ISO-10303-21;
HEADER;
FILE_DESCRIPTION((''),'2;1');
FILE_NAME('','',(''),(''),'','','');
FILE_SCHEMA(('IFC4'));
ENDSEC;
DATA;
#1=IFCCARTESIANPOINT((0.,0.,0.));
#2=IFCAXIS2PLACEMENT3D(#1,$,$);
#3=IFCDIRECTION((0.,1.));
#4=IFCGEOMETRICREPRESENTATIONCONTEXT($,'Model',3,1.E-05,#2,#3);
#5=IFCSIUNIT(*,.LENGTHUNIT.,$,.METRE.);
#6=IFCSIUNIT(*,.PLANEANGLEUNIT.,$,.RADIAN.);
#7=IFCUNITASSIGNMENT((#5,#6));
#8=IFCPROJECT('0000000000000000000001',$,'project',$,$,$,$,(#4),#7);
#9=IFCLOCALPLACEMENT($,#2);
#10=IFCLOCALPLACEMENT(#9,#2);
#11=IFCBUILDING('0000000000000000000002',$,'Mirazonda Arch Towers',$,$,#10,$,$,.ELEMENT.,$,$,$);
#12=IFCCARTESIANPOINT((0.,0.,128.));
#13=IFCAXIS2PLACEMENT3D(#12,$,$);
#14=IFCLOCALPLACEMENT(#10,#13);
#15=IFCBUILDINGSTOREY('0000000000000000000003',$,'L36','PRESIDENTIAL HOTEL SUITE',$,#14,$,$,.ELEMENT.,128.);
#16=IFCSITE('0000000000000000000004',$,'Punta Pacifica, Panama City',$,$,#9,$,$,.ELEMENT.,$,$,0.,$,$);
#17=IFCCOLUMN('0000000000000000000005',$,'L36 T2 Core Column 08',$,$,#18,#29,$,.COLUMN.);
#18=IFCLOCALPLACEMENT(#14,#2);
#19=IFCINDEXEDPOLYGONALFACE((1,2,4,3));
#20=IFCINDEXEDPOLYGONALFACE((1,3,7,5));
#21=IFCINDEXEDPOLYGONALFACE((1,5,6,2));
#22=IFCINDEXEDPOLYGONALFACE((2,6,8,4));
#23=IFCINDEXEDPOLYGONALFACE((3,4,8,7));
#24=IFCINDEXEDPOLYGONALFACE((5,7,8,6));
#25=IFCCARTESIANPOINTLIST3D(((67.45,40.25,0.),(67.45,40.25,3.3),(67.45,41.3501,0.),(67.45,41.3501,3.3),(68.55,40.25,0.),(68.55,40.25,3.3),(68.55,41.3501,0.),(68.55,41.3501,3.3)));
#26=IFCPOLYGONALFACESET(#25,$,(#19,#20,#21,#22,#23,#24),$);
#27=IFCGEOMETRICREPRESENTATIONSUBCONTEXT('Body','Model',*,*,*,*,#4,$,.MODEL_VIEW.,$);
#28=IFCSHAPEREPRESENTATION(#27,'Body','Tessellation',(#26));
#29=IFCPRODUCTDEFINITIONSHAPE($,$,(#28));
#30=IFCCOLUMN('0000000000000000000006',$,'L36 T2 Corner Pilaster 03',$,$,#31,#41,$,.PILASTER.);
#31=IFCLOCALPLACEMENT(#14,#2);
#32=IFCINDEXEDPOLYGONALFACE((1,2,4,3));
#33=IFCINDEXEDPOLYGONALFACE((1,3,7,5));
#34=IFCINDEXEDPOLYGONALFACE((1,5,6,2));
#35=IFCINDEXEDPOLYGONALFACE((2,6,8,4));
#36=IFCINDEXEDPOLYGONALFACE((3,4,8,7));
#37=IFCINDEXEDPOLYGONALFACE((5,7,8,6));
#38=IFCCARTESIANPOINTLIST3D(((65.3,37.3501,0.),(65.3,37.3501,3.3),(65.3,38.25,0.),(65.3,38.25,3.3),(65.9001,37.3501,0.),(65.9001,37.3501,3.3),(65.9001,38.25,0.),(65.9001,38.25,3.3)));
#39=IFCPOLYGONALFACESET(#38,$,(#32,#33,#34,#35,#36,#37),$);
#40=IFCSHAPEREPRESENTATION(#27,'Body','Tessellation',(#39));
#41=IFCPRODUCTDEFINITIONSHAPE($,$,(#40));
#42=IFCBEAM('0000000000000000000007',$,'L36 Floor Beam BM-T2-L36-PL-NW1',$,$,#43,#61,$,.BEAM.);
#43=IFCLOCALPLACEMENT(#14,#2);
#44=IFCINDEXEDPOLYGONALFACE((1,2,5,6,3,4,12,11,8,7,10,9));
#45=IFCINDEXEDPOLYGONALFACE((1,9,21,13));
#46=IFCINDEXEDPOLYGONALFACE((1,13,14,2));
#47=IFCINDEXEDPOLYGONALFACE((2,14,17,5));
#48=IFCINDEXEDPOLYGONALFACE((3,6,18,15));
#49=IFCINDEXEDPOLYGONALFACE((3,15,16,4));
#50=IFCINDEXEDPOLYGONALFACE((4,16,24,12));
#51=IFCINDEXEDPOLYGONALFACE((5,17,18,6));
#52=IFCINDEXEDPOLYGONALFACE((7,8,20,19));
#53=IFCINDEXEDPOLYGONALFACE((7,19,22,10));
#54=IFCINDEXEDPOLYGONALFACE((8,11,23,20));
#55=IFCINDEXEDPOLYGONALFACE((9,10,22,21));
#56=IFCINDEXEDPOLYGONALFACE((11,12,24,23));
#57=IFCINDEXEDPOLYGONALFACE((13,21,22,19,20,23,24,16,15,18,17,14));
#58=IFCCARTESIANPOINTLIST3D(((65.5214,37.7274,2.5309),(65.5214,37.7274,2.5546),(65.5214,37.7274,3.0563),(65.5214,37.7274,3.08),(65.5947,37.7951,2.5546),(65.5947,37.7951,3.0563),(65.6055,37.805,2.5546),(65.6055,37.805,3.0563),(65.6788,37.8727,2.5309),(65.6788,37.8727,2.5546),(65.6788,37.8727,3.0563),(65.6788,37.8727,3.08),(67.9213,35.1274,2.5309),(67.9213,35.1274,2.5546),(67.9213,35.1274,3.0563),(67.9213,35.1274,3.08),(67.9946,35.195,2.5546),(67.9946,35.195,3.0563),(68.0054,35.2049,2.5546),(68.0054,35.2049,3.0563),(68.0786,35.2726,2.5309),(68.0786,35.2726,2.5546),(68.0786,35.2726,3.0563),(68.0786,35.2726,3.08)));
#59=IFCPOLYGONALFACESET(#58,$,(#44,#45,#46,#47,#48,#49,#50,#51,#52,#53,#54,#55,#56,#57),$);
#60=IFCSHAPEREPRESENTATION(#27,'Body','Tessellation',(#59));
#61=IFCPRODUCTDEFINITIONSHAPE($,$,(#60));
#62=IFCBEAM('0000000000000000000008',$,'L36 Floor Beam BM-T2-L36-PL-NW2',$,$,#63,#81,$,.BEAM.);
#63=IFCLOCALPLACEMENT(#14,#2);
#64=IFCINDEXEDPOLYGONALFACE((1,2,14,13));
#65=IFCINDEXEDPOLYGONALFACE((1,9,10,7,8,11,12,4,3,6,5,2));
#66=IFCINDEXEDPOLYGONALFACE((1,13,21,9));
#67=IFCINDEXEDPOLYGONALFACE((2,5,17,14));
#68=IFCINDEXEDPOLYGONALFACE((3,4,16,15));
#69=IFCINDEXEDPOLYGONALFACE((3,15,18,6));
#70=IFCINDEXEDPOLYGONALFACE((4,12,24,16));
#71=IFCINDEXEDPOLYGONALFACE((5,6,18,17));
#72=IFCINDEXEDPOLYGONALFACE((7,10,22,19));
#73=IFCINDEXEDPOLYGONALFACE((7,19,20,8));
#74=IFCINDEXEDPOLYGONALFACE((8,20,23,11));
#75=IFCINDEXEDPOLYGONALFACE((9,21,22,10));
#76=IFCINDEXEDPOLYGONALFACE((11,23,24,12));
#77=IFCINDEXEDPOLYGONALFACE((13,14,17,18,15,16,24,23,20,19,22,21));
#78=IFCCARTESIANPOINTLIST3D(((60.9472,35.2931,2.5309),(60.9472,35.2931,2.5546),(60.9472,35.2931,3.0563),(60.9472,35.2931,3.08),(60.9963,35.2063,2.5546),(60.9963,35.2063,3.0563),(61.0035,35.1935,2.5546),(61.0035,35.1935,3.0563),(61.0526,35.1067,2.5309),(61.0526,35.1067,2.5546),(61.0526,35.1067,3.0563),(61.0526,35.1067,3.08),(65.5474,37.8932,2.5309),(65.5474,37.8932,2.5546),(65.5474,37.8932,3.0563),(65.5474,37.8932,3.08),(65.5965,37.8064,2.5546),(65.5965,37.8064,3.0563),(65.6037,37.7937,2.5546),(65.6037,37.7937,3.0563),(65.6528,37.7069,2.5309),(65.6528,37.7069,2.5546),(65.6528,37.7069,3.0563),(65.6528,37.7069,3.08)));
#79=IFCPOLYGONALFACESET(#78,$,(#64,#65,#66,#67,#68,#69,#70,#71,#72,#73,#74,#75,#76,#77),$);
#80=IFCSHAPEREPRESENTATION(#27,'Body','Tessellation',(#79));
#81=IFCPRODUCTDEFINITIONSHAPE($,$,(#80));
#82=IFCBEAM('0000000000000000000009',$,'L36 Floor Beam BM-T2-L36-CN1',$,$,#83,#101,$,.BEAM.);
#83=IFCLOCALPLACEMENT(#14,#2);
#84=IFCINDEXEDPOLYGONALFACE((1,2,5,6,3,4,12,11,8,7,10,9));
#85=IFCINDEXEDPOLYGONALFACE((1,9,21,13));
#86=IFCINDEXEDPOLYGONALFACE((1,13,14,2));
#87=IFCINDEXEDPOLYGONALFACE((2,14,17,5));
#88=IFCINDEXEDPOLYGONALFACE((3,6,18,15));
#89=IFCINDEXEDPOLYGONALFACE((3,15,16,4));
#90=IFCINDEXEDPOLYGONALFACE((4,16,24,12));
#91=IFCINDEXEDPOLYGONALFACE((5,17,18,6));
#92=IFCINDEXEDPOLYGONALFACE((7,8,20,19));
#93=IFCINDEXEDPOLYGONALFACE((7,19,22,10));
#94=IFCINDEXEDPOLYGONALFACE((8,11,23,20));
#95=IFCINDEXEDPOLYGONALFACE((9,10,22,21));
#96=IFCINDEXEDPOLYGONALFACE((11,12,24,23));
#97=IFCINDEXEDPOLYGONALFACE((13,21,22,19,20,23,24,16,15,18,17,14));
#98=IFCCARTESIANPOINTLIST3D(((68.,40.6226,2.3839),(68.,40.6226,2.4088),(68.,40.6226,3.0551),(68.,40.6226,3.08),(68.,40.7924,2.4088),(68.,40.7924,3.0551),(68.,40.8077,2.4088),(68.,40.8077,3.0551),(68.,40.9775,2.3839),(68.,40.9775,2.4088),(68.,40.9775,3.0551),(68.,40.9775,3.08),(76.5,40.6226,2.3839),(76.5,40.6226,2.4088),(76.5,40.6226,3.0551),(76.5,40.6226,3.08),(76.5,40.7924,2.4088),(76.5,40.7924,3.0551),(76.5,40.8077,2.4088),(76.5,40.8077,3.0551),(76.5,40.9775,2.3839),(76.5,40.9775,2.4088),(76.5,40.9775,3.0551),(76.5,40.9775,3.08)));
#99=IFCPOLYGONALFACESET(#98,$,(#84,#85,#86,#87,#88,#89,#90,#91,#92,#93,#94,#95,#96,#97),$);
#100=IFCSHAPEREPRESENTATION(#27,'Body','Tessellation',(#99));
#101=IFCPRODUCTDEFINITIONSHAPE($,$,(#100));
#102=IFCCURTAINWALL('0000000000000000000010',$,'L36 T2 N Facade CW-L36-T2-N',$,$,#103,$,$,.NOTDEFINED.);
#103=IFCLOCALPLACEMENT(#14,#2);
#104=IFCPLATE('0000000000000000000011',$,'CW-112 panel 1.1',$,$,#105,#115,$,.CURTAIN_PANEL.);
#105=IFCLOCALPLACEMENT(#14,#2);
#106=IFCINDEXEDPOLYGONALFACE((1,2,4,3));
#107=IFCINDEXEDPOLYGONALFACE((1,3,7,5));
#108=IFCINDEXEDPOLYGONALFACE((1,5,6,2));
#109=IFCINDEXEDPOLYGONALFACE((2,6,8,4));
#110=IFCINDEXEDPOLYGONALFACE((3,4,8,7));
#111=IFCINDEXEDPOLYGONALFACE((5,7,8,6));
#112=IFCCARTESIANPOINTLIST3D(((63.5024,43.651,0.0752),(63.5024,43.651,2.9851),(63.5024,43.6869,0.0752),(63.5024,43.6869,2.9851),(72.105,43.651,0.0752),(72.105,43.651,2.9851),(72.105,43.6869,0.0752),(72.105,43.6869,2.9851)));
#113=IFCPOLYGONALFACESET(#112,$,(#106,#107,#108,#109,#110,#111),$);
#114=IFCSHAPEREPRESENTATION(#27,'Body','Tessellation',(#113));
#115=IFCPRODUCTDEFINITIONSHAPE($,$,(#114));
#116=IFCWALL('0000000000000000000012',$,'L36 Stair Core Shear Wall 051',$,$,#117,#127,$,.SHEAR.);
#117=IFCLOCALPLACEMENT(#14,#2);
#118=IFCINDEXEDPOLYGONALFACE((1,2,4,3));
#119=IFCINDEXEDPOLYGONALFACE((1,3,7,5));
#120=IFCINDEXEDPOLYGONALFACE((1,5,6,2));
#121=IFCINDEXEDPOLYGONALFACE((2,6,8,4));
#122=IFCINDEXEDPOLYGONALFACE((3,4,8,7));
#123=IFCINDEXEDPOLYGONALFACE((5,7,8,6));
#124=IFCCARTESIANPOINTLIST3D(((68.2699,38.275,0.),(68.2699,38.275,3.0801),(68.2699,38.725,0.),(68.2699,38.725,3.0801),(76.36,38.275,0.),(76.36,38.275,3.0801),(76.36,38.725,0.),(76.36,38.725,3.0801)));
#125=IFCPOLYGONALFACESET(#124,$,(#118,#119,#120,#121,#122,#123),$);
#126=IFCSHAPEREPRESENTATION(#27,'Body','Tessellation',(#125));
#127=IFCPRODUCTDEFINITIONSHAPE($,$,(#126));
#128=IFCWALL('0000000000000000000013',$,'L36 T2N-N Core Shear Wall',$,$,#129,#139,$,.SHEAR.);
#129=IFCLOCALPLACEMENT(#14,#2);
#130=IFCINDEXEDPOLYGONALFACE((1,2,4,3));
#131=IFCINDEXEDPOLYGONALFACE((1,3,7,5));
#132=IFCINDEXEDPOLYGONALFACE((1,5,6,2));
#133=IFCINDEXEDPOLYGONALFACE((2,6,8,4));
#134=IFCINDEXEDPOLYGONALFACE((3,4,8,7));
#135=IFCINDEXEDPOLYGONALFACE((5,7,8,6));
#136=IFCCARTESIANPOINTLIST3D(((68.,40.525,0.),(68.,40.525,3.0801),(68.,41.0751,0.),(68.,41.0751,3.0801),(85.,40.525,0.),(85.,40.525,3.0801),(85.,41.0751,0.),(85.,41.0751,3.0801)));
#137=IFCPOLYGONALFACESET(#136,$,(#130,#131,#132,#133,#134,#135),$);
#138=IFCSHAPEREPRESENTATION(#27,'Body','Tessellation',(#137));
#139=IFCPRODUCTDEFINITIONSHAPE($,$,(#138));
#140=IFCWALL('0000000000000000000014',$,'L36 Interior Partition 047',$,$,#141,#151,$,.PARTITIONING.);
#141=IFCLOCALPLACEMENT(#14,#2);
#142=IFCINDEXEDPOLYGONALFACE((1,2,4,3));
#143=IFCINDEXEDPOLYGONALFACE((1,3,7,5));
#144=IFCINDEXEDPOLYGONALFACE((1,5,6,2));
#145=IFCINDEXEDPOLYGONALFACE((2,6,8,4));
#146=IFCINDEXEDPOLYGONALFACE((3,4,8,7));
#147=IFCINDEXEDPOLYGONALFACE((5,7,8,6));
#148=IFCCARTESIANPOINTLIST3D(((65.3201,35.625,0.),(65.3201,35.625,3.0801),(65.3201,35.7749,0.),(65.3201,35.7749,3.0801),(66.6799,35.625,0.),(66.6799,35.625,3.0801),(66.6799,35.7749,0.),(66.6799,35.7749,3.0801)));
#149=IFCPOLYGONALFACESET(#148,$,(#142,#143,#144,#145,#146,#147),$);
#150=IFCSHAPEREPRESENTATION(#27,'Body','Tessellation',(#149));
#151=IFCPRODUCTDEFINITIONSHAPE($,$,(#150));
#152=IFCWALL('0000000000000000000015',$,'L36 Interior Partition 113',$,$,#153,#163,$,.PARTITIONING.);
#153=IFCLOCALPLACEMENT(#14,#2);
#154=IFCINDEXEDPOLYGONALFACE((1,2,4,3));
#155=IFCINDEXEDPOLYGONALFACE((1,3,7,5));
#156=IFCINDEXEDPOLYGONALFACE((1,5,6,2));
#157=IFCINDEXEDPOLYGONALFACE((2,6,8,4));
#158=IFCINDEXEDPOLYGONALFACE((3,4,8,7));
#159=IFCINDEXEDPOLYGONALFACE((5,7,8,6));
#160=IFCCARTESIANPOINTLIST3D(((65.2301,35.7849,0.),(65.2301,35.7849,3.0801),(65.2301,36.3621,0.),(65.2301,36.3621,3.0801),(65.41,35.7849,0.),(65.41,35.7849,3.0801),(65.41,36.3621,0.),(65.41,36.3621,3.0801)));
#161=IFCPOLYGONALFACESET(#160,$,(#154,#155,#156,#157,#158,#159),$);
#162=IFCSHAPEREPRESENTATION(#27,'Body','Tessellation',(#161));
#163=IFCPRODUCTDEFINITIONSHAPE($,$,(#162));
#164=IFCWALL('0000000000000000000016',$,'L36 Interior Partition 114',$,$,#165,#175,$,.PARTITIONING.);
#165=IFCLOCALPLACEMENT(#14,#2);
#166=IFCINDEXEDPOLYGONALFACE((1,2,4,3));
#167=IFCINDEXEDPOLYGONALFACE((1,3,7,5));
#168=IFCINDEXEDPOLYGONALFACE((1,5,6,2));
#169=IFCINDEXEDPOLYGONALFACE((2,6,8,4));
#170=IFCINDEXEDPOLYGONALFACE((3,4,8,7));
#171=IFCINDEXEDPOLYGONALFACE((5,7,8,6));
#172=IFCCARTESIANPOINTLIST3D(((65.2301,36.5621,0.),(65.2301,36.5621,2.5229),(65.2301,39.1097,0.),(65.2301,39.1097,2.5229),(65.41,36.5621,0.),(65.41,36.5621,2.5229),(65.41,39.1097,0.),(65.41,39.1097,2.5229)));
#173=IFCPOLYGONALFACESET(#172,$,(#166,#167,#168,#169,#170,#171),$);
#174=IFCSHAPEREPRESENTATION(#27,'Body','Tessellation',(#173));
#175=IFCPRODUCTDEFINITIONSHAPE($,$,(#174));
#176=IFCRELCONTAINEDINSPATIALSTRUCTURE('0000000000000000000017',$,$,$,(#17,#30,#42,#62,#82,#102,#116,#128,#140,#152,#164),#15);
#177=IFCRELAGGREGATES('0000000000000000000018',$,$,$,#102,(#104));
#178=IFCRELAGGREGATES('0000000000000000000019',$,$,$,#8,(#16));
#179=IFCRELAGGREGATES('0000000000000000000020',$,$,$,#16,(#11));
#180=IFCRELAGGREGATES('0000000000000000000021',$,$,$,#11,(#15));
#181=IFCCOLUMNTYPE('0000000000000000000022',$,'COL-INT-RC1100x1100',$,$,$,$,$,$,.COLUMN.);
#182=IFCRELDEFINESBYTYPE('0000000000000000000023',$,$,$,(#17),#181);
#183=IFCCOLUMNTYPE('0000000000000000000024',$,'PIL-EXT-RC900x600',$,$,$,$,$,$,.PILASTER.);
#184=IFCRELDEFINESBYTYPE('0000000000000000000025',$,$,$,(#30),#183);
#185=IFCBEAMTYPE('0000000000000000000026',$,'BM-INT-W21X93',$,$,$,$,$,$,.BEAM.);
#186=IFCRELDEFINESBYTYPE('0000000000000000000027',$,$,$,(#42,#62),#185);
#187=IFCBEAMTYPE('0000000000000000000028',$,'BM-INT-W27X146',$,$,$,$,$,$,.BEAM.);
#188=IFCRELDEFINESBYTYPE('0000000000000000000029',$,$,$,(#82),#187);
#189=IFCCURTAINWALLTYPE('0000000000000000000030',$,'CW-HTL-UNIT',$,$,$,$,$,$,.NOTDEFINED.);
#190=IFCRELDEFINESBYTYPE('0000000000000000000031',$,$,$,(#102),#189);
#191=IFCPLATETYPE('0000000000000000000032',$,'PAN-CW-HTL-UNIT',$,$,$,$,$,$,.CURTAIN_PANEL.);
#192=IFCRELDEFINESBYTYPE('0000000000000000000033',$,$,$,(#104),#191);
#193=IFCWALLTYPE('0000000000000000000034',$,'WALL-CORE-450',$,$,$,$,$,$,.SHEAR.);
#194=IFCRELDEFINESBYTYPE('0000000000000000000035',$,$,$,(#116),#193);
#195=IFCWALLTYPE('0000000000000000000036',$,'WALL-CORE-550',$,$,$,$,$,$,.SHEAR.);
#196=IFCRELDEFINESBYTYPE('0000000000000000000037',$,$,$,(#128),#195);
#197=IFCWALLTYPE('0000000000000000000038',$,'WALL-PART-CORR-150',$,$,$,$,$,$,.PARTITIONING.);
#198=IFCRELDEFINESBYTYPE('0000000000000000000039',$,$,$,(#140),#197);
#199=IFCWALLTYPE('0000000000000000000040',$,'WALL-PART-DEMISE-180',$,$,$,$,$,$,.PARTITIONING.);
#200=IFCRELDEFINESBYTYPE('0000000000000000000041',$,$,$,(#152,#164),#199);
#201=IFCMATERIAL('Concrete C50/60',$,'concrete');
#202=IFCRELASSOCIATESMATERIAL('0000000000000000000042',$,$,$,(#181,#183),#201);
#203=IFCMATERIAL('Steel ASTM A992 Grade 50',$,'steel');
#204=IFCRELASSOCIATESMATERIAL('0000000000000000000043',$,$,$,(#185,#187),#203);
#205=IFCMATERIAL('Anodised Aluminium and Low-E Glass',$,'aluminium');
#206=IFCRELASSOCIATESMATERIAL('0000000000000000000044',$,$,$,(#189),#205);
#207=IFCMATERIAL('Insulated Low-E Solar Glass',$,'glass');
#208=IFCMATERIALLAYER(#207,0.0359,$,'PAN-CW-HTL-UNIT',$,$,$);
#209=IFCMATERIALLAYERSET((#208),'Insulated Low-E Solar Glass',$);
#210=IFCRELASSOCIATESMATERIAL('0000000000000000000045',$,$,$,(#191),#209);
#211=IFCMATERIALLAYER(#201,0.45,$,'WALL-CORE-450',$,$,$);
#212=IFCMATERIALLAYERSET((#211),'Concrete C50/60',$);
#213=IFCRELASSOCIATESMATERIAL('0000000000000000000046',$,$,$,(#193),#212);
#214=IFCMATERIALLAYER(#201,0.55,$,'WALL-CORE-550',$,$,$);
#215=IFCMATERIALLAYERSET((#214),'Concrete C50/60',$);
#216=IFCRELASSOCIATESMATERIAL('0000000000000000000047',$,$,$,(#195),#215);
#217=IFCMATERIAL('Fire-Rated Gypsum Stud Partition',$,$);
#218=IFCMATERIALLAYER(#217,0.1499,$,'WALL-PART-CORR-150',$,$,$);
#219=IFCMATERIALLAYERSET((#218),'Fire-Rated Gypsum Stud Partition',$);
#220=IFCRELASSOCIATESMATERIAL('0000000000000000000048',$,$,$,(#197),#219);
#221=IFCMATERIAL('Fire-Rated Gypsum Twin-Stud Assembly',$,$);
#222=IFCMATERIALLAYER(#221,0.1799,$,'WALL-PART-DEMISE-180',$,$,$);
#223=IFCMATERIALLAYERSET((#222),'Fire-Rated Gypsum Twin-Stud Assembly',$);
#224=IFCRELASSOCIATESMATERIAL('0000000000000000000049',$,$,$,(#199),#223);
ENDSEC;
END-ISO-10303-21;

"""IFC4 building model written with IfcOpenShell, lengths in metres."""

from ifc_helpers import new_model, si_unit, direction, frame, frame_2d, origin, origin_2d, place, context, subcontext, project, spatial, rectangle, i_section, extrude, material, layer, layer_set, material_profile, profile_set, type_object, element, aggregate, save


model = new_model("IFC4")

# Units and contexts
model_context = context("Model", 3, precision=1e-05, world=origin(), true_north=direction((0.0, 1.0)))
body_context = subcontext(model_context, "Body", "Model", "MODEL_VIEW")
ifc_project = project(units=[si_unit("LENGTHUNIT", "METRE"), si_unit("PLANEANGLEUNIT", "RADIAN")], contexts=[model_context])

# Site, building, storey
site_placement = place(None, origin())
site = spatial("IfcSite", under=ifc_project, at=site_placement, Name="Punta Pacifica, Panama City", CompositionType="ELEMENT", RefElevation=0.0)
building_placement = place(site_placement, origin())
building = spatial("IfcBuilding", under=site, at=building_placement, Name="Mirazonda Arch Towers", CompositionType="ELEMENT")
storey_placement = place(building_placement, frame((0.0, 0.0, 128.0)))
storey = spatial("IfcBuildingStorey", under=building, at=storey_placement, Name="L36", Description="PRESIDENTIAL HOTEL SUITE", CompositionType="ELEMENT", Elevation=128.0)

# Columns
ifc_material_1 = material(Name="Concrete C50/60", Category="concrete")
ifc_material_profile_1 = material_profile(ifc_material_1, rectangle(XDim=1.1001, YDim=1.1001, at=origin_2d()), Name="RC1100x1100")
ifc_profile_set_1 = profile_set([ifc_material_profile_1], Name="Concrete C50/60")
column_type_1 = type_object("IfcColumnType", Name="COL-INT-RC1100x1100", PredefinedType="COLUMN", material=ifc_profile_set_1)
column_1_placement = place(storey_placement, frame((68.0, 40.8, 0.0), z_axis=(0.0, 0.0, 1.0), x_axis=(1.0, 0.0, 0.0)))
element("IfcColumn", 1, at=column_1_placement, inside=storey, type_object=column_type_1, Name="L36 T2 Core Column 08", PredefinedType="COLUMN", context=body_context, shape_type="SweptSolid", body=[
    extrude(rectangle(XDim=1.1001, YDim=1.1001, at=origin_2d()), origin(), (0.0, 0.0, 1.0), 3.3),
])
ifc_material_profile_2 = material_profile(ifc_material_1, rectangle(XDim=0.6001, YDim=0.8999, at=origin_2d()), Name="RC900x600")
ifc_profile_set_2 = profile_set([ifc_material_profile_2], Name="Concrete C50/60")
column_type_2 = type_object("IfcColumnType", Name="PIL-EXT-RC900x600", PredefinedType="PILASTER", material=ifc_profile_set_2)
column_2_placement = place(storey_placement, frame((65.6001, 37.8, 0.0), z_axis=(0.0, 0.0, 1.0), x_axis=(1.0, 0.0, 0.0)))
element("IfcColumn", 2, at=column_2_placement, inside=storey, type_object=column_type_2, Name="L36 T2 Corner Pilaster 03", PredefinedType="PILASTER", context=body_context, shape_type="SweptSolid", body=[
    extrude(rectangle(XDim=0.6001, YDim=0.8999, at=origin_2d()), origin(), (0.0, 0.0, 1.0), 3.3),
])

# Beams
ifc_material_2 = material(Name="Steel ASTM A992 Grade 50", Category="steel")
ifc_material_profile_3 = material_profile(ifc_material_2, i_section(OverallWidth=0.2141, OverallDepth=0.5491, WebThickness=0.0146, FlangeThickness=0.0237, at=origin_2d()), Name="W21X93")
ifc_profile_set_3 = profile_set([ifc_material_profile_3], Name="Steel ASTM A992 Grade 50")
beam_type_1 = type_object("IfcBeamType", Name="BM-INT-W21X93", PredefinedType="BEAM", material=ifc_profile_set_3)
beam_1_placement = place(storey_placement, frame((65.6001, 37.8, 2.8054), z_axis=(0.678251, -0.73483, 0.0), x_axis=(0.73483, 0.678251, 0.0)))
element("IfcBeam", 3, at=beam_1_placement, inside=storey, type_object=beam_type_1, Name="L36 Floor Beam BM-T2-L36-PL-NW1", PredefinedType="BEAM", context=body_context, shape_type="SweptSolid", body=[
    extrude(i_section(OverallWidth=0.2141, OverallDepth=0.5491, WebThickness=0.0146, FlangeThickness=0.0237, at=origin_2d()), origin(), (0.0, 0.0, 1.0), 3.5383),
])
beam_2_placement = place(storey_placement, frame((65.6001, 37.8, 2.8054), z_axis=(-0.870559, -0.492063, 0.0), x_axis=(0.492063, -0.870559, 0.0)))
element("IfcBeam", 4, at=beam_2_placement, inside=storey, type_object=beam_type_1, Name="L36 Floor Beam BM-T2-L36-PL-NW2", PredefinedType="BEAM", context=body_context, shape_type="SweptSolid", body=[
    extrude(i_section(OverallWidth=0.2141, OverallDepth=0.5491, WebThickness=0.0146, FlangeThickness=0.0237, at=origin_2d()), origin(), (0.0, 0.0, 1.0), 5.2842),
])
ifc_material_profile_4 = material_profile(ifc_material_2, i_section(OverallWidth=0.355, OverallDepth=0.696, WebThickness=0.0154, FlangeThickness=0.0249, at=origin_2d()), Name="W27X146")
ifc_profile_set_4 = profile_set([ifc_material_profile_4], Name="Steel ASTM A992 Grade 50")
beam_type_2 = type_object("IfcBeamType", Name="BM-INT-W27X146", PredefinedType="BEAM", material=ifc_profile_set_4)
beam_3_placement = place(storey_placement, frame((68.0, 40.8, 2.7319), z_axis=(1.0, 0.0, 0.0), x_axis=(0.0, 1.0, 0.0)))
element("IfcBeam", 5, at=beam_3_placement, inside=storey, type_object=beam_type_2, Name="L36 Floor Beam BM-T2-L36-CN1", PredefinedType="BEAM", context=body_context, shape_type="SweptSolid", body=[
    extrude(i_section(OverallWidth=0.355, OverallDepth=0.696, WebThickness=0.0154, FlangeThickness=0.0249, at=origin_2d()), origin(), (0.0, 0.0, 1.0), 8.5),
])

# Curtain wall, plate
ifc_material_3 = material(Name="Anodised Aluminium and Low-E Glass", Category="aluminium")
curtain_wall_type = type_object("IfcCurtainWallType", Name="CW-HTL-UNIT", PredefinedType="NOTDEFINED", material=ifc_material_3)
curtain_wall_placement = place(storey_placement, origin())
curtain_wall = element("IfcCurtainWall", 6, at=curtain_wall_placement, inside=storey, type_object=curtain_wall_type, Name="L36 T2 N Facade CW-L36-T2-N", PredefinedType="NOTDEFINED")
ifc_material_4 = material(Name="Insulated Low-E Solar Glass", Category="glass")
ifc_layer_1 = layer(ifc_material_4, 0.0359, Name="PAN-CW-HTL-UNIT")
ifc_layer_set_1 = layer_set([ifc_layer_1], Name="Insulated Low-E Solar Glass")
plate_type = type_object("IfcPlateType", Name="PAN-CW-HTL-UNIT", PredefinedType="CURTAIN_PANEL", material=ifc_layer_set_1)
plate_placement = place(storey_placement, frame((67.8037, 43.6689, 0.0752), z_axis=(0.0, 0.0, 1.0), x_axis=(1.0, 0.0, 0.0)))
plate = element("IfcPlate", 7, at=plate_placement, type_object=plate_type, Name="CW-112 panel 1.1", PredefinedType="CURTAIN_PANEL", context=body_context, shape_type="SweptSolid", body=[
    extrude(rectangle(XDim=8.6025, YDim=0.0359, at=origin_2d()), origin(), (0.0, 0.0, 1.0), 2.9099),
])
aggregate(curtain_wall, [plate])

# Walls
ifc_layer_2 = layer(ifc_material_1, 0.45, Name="WALL-CORE-450")
ifc_layer_set_2 = layer_set([ifc_layer_2], Name="Concrete C50/60")
wall_type_1 = type_object("IfcWallType", Name="WALL-CORE-450", PredefinedType="SHEAR", material=ifc_layer_set_2)
wall_1_placement = place(storey_placement, frame((68.27, 38.5, 0.0), z_axis=(0.0, 0.0, 1.0), x_axis=(1.0, 0.0, 0.0)))
element("IfcWall", 8, at=wall_1_placement, inside=storey, type_object=wall_type_1, Name="L36 Stair Core Shear Wall 051", PredefinedType="SHEAR", context=body_context, shape_type="SweptSolid", body=[
    extrude(rectangle(XDim=8.0901, YDim=0.45, at=frame_2d((4.0449, 0.0))), origin(), (0.0, 0.0, 1.0), 3.0801),
])
ifc_layer_3 = layer(ifc_material_1, 0.55, Name="WALL-CORE-550")
ifc_layer_set_3 = layer_set([ifc_layer_3], Name="Concrete C50/60")
wall_type_2 = type_object("IfcWallType", Name="WALL-CORE-550", PredefinedType="SHEAR", material=ifc_layer_set_3)
wall_2_placement = place(storey_placement, frame((68.0, 40.8, 0.0), z_axis=(0.0, 0.0, 1.0), x_axis=(1.0, 0.0, 0.0)))
element("IfcWall", 9, at=wall_2_placement, inside=storey, type_object=wall_type_2, Name="L36 T2N-N Core Shear Wall", PredefinedType="SHEAR", context=body_context, shape_type="SweptSolid", body=[
    extrude(rectangle(XDim=17.0, YDim=0.55, at=frame_2d((8.5, 0.0))), origin(), (0.0, 0.0, 1.0), 3.0801),
])
ifc_material_5 = material(Name="Fire-Rated Gypsum Stud Partition")
ifc_layer_4 = layer(ifc_material_5, 0.1499, Name="WALL-PART-CORR-150")
ifc_layer_set_4 = layer_set([ifc_layer_4], Name="Fire-Rated Gypsum Stud Partition")
wall_type_3 = type_object("IfcWallType", Name="WALL-PART-CORR-150", PredefinedType="PARTITIONING", material=ifc_layer_set_4)
wall_3_placement = place(storey_placement, frame((65.3201, 35.7, 0.0), z_axis=(0.0, 0.0, 1.0), x_axis=(1.0, 0.0, 0.0)))
element("IfcWall", 10, at=wall_3_placement, inside=storey, type_object=wall_type_3, Name="L36 Interior Partition 047", PredefinedType="PARTITIONING", context=body_context, shape_type="SweptSolid", body=[
    extrude(rectangle(XDim=1.3599, YDim=0.1499, at=frame_2d((0.6799, 0.0))), origin(), (0.0, 0.0, 1.0), 3.0801),
])
ifc_material_6 = material(Name="Fire-Rated Gypsum Twin-Stud Assembly")
ifc_layer_5 = layer(ifc_material_6, 0.1799, Name="WALL-PART-DEMISE-180")
ifc_layer_set_5 = layer_set([ifc_layer_5], Name="Fire-Rated Gypsum Twin-Stud Assembly")
wall_type_4 = type_object("IfcWallType", Name="WALL-PART-DEMISE-180", PredefinedType="PARTITIONING", material=ifc_layer_set_5)
wall_4_placement = place(storey_placement, frame((65.3201, 35.7849, 0.0), z_axis=(0.0, 0.0, 1.0), x_axis=(0.0, 1.0, 0.0)))
element("IfcWall", 11, at=wall_4_placement, inside=storey, type_object=wall_type_4, Name="L36 Interior Partition 113", PredefinedType="PARTITIONING", context=body_context, shape_type="SweptSolid", body=[
    extrude(rectangle(XDim=0.5771, YDim=0.1799, at=frame_2d((0.2886, 0.0))), origin(), (0.0, 0.0, 1.0), 3.0801),
])
wall_5_placement = place(storey_placement, frame((65.3201, 36.562, 0.0), z_axis=(0.0, 0.0, 1.0), x_axis=(0.0, 1.0, 0.0)))
element("IfcWall", 12, at=wall_5_placement, inside=storey, type_object=wall_type_4, Name="L36 Interior Partition 114", PredefinedType="PARTITIONING", context=body_context, shape_type="SweptSolid", body=[
    extrude(rectangle(XDim=2.5476, YDim=0.1799, at=frame_2d((1.2739, 0.0))), origin(), (0.0, 0.0, 1.0), 2.5229),
])

save(model, "model.ifc")
